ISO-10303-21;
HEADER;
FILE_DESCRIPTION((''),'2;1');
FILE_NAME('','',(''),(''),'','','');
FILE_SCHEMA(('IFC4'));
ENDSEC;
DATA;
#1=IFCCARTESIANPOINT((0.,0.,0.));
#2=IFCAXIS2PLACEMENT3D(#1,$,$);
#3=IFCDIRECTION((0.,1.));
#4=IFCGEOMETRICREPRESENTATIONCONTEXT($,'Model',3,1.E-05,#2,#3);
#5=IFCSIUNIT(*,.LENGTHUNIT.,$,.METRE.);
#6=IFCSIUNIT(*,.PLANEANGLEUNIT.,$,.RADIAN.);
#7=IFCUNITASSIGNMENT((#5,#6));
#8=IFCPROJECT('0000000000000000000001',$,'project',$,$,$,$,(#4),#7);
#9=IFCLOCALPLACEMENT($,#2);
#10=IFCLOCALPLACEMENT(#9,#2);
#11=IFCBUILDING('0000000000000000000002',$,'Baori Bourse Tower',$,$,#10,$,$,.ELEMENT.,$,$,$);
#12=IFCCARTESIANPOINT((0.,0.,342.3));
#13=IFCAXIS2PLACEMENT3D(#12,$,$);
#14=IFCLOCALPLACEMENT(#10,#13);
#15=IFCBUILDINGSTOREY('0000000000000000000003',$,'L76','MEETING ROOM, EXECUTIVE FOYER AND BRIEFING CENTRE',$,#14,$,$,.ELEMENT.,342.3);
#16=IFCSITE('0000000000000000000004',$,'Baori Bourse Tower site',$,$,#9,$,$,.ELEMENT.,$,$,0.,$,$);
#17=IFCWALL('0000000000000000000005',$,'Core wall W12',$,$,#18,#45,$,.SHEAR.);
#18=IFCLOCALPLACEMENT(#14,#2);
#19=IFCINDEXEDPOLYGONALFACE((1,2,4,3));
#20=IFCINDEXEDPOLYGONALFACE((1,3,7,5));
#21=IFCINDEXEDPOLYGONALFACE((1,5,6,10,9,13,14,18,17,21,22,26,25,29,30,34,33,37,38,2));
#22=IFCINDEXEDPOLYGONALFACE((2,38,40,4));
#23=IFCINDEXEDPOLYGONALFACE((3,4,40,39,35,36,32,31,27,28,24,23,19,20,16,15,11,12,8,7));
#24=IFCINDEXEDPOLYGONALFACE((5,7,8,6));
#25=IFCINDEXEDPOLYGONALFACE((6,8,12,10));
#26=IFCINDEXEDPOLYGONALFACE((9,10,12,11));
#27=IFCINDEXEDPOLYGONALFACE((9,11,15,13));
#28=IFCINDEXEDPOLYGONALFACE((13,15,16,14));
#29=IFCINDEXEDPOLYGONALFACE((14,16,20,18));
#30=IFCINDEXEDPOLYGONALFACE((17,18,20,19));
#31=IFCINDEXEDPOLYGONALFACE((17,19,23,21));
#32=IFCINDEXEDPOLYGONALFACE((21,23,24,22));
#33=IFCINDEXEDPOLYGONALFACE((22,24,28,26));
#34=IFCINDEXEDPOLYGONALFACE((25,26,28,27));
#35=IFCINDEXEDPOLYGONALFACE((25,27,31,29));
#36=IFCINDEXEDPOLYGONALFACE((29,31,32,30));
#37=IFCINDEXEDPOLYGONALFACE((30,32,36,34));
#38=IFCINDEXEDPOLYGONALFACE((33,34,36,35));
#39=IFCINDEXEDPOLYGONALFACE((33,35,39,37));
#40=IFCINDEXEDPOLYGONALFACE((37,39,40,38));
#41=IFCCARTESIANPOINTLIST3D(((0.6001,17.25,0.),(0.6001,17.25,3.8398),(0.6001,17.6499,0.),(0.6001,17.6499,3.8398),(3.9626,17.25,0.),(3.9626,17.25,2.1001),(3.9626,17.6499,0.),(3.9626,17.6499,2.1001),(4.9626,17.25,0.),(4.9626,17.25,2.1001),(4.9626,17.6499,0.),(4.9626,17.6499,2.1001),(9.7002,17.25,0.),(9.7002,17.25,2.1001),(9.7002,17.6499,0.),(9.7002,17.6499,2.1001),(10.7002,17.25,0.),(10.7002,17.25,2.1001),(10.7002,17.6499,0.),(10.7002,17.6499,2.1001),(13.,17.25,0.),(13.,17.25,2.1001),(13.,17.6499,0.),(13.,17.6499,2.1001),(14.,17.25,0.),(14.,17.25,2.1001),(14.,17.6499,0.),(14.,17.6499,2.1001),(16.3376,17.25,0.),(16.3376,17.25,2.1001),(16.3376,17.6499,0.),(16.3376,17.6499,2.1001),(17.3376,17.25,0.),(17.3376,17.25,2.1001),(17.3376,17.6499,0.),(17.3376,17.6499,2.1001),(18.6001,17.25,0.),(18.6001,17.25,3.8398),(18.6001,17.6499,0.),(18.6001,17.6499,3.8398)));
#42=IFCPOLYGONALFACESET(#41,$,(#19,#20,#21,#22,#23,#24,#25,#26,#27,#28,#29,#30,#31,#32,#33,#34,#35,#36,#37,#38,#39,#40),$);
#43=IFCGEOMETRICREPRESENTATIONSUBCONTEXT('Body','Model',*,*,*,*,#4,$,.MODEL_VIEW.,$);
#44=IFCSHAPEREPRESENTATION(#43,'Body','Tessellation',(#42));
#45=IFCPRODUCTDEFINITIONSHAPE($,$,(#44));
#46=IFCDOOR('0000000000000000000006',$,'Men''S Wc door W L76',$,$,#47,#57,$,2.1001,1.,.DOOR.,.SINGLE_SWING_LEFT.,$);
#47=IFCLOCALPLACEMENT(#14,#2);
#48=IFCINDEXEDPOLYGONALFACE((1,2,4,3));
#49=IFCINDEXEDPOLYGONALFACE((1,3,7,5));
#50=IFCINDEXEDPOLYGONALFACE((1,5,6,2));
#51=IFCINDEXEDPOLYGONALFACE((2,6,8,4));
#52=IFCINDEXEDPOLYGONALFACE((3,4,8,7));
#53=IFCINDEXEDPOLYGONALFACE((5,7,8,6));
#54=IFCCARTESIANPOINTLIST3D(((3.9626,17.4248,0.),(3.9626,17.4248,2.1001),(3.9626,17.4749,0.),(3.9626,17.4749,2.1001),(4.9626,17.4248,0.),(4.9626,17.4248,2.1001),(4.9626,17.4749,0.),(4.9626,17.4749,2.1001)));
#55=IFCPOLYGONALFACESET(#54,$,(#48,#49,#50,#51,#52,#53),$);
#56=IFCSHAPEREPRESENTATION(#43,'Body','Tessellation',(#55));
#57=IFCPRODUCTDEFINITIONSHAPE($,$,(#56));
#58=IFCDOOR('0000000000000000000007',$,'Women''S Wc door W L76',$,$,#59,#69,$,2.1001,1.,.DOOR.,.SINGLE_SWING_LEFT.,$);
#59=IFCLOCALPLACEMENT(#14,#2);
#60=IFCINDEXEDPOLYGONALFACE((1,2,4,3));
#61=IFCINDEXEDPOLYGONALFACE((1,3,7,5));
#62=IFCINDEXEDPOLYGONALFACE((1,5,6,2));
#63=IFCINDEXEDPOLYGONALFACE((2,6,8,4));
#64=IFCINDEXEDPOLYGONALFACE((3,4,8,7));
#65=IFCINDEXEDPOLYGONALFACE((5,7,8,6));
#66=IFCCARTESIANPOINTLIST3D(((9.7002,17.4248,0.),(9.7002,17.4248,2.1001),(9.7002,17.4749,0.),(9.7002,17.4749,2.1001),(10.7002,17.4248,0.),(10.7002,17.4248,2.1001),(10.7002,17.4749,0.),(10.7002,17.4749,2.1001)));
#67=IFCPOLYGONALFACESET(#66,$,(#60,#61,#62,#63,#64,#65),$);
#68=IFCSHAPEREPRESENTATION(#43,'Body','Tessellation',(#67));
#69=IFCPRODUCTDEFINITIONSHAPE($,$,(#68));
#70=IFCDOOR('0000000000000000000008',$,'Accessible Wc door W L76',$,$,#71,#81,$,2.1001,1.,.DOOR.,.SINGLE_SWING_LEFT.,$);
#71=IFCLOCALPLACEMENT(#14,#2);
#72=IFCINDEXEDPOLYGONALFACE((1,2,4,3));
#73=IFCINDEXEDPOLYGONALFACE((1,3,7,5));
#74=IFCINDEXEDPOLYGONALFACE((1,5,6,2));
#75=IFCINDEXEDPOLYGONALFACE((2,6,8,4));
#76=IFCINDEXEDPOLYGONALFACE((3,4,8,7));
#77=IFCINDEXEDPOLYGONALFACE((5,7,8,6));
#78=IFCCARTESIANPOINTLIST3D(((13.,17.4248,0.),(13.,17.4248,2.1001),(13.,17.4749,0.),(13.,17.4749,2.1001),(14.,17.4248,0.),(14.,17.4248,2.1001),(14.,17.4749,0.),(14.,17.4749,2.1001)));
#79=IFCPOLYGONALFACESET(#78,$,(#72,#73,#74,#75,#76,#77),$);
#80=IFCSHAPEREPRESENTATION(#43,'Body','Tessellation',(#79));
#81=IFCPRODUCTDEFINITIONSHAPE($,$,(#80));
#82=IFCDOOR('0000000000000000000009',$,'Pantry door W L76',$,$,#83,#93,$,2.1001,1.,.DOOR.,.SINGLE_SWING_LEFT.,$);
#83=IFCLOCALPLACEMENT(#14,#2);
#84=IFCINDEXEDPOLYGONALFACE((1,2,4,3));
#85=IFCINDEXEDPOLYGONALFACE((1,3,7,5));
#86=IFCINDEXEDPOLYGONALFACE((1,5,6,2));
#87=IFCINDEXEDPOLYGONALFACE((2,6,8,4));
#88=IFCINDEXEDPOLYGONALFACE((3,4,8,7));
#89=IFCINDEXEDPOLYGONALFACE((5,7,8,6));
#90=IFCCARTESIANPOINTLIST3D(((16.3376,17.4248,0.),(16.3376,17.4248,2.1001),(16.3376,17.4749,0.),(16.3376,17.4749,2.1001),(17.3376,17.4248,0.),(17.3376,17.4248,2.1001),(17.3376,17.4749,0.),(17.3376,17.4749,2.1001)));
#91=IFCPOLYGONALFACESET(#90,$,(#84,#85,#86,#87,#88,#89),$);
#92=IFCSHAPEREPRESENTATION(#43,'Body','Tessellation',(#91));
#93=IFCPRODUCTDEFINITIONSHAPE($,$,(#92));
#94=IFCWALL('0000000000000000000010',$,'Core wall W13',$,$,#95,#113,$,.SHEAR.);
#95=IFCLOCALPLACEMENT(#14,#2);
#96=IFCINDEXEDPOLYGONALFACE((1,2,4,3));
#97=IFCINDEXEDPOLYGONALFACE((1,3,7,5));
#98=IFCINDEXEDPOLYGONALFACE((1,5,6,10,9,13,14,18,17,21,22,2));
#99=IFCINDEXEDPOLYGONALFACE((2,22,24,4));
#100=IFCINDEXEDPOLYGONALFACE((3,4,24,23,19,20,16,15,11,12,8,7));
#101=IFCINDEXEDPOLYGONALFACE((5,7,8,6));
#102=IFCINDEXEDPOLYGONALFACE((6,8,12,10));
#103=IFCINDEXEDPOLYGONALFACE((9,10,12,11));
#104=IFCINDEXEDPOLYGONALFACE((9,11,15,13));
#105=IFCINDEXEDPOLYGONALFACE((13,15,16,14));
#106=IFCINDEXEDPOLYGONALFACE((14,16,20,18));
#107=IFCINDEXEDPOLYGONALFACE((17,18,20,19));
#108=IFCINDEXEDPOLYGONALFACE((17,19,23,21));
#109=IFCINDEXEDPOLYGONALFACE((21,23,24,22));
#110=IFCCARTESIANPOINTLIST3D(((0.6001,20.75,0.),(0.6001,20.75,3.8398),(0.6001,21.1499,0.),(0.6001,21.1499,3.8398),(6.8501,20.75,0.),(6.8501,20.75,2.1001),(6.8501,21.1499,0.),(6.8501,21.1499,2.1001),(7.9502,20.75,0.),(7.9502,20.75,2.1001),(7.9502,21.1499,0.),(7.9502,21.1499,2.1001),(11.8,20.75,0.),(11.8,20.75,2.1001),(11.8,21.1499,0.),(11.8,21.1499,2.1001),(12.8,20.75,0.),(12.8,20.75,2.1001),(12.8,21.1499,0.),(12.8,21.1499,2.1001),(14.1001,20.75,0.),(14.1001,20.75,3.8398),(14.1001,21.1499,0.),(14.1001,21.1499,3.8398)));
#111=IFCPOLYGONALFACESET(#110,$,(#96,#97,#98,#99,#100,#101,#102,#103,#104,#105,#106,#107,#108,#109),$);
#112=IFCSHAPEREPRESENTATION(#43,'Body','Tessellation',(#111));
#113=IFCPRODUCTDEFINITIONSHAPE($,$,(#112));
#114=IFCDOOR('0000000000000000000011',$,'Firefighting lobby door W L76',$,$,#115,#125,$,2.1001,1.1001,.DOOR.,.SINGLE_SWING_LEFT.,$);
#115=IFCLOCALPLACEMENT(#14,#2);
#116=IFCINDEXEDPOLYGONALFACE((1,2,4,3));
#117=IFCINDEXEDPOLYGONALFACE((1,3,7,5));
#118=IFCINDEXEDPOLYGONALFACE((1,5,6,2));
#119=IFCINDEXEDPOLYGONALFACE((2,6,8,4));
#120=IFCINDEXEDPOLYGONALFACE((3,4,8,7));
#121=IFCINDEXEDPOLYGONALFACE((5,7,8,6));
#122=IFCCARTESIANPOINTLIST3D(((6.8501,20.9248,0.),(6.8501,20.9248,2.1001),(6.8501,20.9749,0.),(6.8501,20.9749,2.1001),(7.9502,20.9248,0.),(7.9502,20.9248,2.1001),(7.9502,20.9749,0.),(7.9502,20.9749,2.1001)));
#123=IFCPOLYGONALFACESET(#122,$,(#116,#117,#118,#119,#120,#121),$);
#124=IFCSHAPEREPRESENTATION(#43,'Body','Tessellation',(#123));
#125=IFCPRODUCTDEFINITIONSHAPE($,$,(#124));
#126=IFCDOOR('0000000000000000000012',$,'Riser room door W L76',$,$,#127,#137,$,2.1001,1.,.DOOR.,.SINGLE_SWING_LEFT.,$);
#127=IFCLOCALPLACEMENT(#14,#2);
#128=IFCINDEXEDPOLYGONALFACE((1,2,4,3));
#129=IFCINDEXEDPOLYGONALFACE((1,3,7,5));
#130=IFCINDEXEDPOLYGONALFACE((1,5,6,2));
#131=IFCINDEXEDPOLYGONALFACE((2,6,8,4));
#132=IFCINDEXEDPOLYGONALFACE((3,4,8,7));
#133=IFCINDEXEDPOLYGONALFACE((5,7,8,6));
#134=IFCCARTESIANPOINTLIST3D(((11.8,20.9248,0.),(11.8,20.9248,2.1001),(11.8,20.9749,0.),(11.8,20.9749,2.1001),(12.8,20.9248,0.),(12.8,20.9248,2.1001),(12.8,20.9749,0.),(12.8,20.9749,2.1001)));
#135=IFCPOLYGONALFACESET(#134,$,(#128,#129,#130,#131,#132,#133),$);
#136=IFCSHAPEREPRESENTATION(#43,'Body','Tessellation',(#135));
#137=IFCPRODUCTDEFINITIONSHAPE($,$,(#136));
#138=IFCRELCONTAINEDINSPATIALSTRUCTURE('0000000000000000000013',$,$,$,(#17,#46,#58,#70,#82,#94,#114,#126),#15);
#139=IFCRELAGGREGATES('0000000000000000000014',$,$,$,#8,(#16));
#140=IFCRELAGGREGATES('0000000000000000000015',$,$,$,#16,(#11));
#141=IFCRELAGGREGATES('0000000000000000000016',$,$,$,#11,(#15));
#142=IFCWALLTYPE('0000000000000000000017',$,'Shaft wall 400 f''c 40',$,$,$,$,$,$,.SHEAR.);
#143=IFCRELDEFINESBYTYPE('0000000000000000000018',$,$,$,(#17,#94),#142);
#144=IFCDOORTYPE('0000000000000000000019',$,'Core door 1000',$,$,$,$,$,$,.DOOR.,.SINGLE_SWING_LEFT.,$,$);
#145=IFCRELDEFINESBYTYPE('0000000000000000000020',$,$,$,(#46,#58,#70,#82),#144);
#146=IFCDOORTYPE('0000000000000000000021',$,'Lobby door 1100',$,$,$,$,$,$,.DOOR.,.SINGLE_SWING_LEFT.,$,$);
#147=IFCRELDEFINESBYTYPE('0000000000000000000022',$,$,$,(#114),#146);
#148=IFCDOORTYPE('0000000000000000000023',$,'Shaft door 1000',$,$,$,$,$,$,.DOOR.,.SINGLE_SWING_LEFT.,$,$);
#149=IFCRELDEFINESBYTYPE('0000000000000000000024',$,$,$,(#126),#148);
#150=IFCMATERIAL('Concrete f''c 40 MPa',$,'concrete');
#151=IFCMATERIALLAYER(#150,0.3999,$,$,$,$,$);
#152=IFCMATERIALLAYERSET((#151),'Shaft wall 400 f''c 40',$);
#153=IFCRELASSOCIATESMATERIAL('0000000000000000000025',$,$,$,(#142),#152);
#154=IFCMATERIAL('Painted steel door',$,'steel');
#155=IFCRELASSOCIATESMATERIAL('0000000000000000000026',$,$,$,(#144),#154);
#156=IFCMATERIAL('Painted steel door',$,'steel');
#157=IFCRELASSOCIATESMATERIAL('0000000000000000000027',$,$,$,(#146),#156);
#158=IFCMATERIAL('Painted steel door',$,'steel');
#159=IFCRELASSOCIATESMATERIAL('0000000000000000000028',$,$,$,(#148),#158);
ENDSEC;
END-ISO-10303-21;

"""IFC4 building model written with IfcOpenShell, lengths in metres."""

from ifc_helpers import new_model, si_unit, direction, frame, frame_2d, origin, place, context, subcontext, project, spatial, rectangle, extrude, material, layer, layer_set, type_object, element, fill, save


model = new_model("IFC4")

# Units and contexts
model_context = context("Model", 3, precision=1e-05, world=origin(), true_north=direction((0.0, 1.0)))
body_context = subcontext(model_context, "Body", "Model", "MODEL_VIEW")
ifc_project = project(units=[si_unit("LENGTHUNIT", "METRE"), si_unit("PLANEANGLEUNIT", "RADIAN")], contexts=[model_context])

# Site, building, storey
site_placement = place(None, origin())
site = spatial("IfcSite", under=ifc_project, at=site_placement, Name="Baori Bourse Tower site", CompositionType="ELEMENT", RefElevation=0.0)
building_placement = place(site_placement, origin())
building = spatial("IfcBuilding", under=site, at=building_placement, Name="Baori Bourse Tower", CompositionType="ELEMENT")
storey_placement = place(building_placement, frame((0.0, 0.0, 342.3)))
storey = spatial("IfcBuildingStorey", under=building, at=storey_placement, Name="L76", Description="MEETING ROOM, EXECUTIVE FOYER AND BRIEFING CENTRE", CompositionType="ELEMENT", Elevation=342.3)

# Shared definitions
ifc_material_1 = material(Name="Concrete f'c 40 MPa", Category="concrete")
ifc_layer_1 = layer(ifc_material_1, 0.3999)
ifc_layer_set_1 = layer_set([ifc_layer_1], Name="Shaft wall 400 f'c 40")
wall_type_1 = type_object("IfcWallType", Name="Shaft wall 400 f'c 40", PredefinedType="SHEAR", material=ifc_layer_set_1)

# Walls, openings, doors
wall_1_placement = place(storey_placement, frame((0.6001, 17.45, 0.0), z_axis=(0.0, 0.0, 1.0), x_axis=(1.0, 0.0, 0.0)))
wall_1 = element("IfcWall", 1, at=wall_1_placement, inside=storey, type_object=wall_type_1, Name="Core wall W12", PredefinedType="SHEAR", context=body_context, shape_type="SweptSolid", body=[
    extrude(rectangle(XDim=18.0, YDim=0.3999, at=frame_2d((9.0, 0.0))), origin(), (0.0, 0.0, 1.0), 3.8398),
])
opening_1_placement = place(wall_1_placement, frame((3.3625, 0.0, 0.0)))
opening_1 = element("IfcOpeningElement", 2, at=opening_1_placement, cuts=wall_1, PredefinedType="OPENING", context=body_context, shape_type="SweptSolid", body=[
    extrude(rectangle(XDim=1.0, YDim=2.1001, at=frame_2d((0.5, 1.05))), frame((0.0, 0.21, 0.0), z_axis=(0.0, -1.0, 0.0), x_axis=(1.0, 0.0, 0.0)), (0.0, 0.0, 1.0), 0.4199),
])
opening_2_placement = place(wall_1_placement, frame((9.1001, 0.0, 0.0)))
opening_2 = element("IfcOpeningElement", 3, at=opening_2_placement, cuts=wall_1, PredefinedType="OPENING", context=body_context, shape_type="SweptSolid", body=[
    extrude(rectangle(XDim=1.0, YDim=2.1001, at=frame_2d((0.5, 1.05))), frame((0.0, 0.21, 0.0), z_axis=(0.0, -1.0, 0.0), x_axis=(1.0, 0.0, 0.0)), (0.0, 0.0, 1.0), 0.4199),
])
opening_3_placement = place(wall_1_placement, frame((12.3999, 0.0, 0.0)))
opening_3 = element("IfcOpeningElement", 4, at=opening_3_placement, cuts=wall_1, PredefinedType="OPENING", context=body_context, shape_type="SweptSolid", body=[
    extrude(rectangle(XDim=1.0, YDim=2.1001, at=frame_2d((0.5, 1.05))), frame((0.0, 0.21, 0.0), z_axis=(0.0, -1.0, 0.0), x_axis=(1.0, 0.0, 0.0)), (0.0, 0.0, 1.0), 0.4199),
])
opening_4_placement = place(wall_1_placement, frame((15.7375, 0.0, 0.0)))
opening_4 = element("IfcOpeningElement", 5, at=opening_4_placement, cuts=wall_1, PredefinedType="OPENING", context=body_context, shape_type="SweptSolid", body=[
    extrude(rectangle(XDim=1.0, YDim=2.1001, at=frame_2d((0.5, 1.05))), frame((0.0, 0.21, 0.0), z_axis=(0.0, -1.0, 0.0), x_axis=(1.0, 0.0, 0.0)), (0.0, 0.0, 1.0), 0.4199),
])
ifc_material_2 = material(Name="Painted steel door", Category="steel")
door_type_1 = type_object("IfcDoorType", Name="Core door 1000", OperationType="SINGLE_SWING_LEFT", PredefinedType="DOOR", material=ifc_material_2)
door_1_placement = place(opening_1_placement, origin())
door_1 = element("IfcDoor", 6, at=door_1_placement, inside=storey, type_object=door_type_1, Name="Men'S Wc door W L76", OperationType="SINGLE_SWING_LEFT", OverallHeight=2.1001, OverallWidth=1.0, PredefinedType="DOOR", context=body_context, shape_type="SweptSolid", body=[
    extrude(rectangle(XDim=1.0, YDim=2.1001, at=frame_2d((0.5, 1.05))), frame((0.0, 0.0249, 0.0), z_axis=(0.0, -1.0, 0.0), x_axis=(1.0, 0.0, 0.0)), (0.0, 0.0, 1.0), 0.05),
])
fill(opening_1, door_1)
door_2_placement = place(opening_2_placement, origin())
door_2 = element("IfcDoor", 7, at=door_2_placement, inside=storey, type_object=door_type_1, Name="Women'S Wc door W L76", OperationType="SINGLE_SWING_LEFT", OverallHeight=2.1001, OverallWidth=1.0, PredefinedType="DOOR", context=body_context, shape_type="SweptSolid", body=[
    extrude(rectangle(XDim=1.0, YDim=2.1001, at=frame_2d((0.5, 1.05))), frame((0.0, 0.0249, 0.0), z_axis=(0.0, -1.0, 0.0), x_axis=(1.0, 0.0, 0.0)), (0.0, 0.0, 1.0), 0.05),
])
fill(opening_2, door_2)
door_3_placement = place(opening_3_placement, origin())
door_3 = element("IfcDoor", 8, at=door_3_placement, inside=storey, type_object=door_type_1, Name="Accessible Wc door W L76", OperationType="SINGLE_SWING_LEFT", OverallHeight=2.1001, OverallWidth=1.0, PredefinedType="DOOR", context=body_context, shape_type="SweptSolid", body=[
    extrude(rectangle(XDim=1.0, YDim=2.1001, at=frame_2d((0.5, 1.05))), frame((0.0, 0.0249, 0.0), z_axis=(0.0, -1.0, 0.0), x_axis=(1.0, 0.0, 0.0)), (0.0, 0.0, 1.0), 0.05),
])
fill(opening_3, door_3)
door_4_placement = place(opening_4_placement, origin())
door_4 = element("IfcDoor", 9, at=door_4_placement, inside=storey, type_object=door_type_1, Name="Pantry door W L76", OperationType="SINGLE_SWING_LEFT", OverallHeight=2.1001, OverallWidth=1.0, PredefinedType="DOOR", context=body_context, shape_type="SweptSolid", body=[
    extrude(rectangle(XDim=1.0, YDim=2.1001, at=frame_2d((0.5, 1.05))), frame((0.0, 0.0249, 0.0), z_axis=(0.0, -1.0, 0.0), x_axis=(1.0, 0.0, 0.0)), (0.0, 0.0, 1.0), 0.05),
])
fill(opening_4, door_4)
wall_2_placement = place(storey_placement, frame((0.6001, 20.95, 0.0), z_axis=(0.0, 0.0, 1.0), x_axis=(1.0, 0.0, 0.0)))
wall_2 = element("IfcWall", 10, at=wall_2_placement, inside=storey, type_object=wall_type_1, Name="Core wall W13", PredefinedType="SHEAR", context=body_context, shape_type="SweptSolid", body=[
    extrude(rectangle(XDim=13.5, YDim=0.3999, at=frame_2d((6.75, 0.0))), origin(), (0.0, 0.0, 1.0), 3.8398),
])
opening_5_placement = place(wall_2_placement, frame((6.25, 0.0, 0.0)))
opening_5 = element("IfcOpeningElement", 11, at=opening_5_placement, cuts=wall_2, PredefinedType="OPENING", context=body_context, shape_type="SweptSolid", body=[
    extrude(rectangle(XDim=1.1001, YDim=2.1001, at=frame_2d((0.55, 1.05))), frame((0.0, 0.21, 0.0), z_axis=(0.0, -1.0, 0.0), x_axis=(1.0, 0.0, 0.0)), (0.0, 0.0, 1.0), 0.4199),
])
opening_6_placement = place(wall_2_placement, frame((11.2, 0.0, 0.0)))
opening_6 = element("IfcOpeningElement", 12, at=opening_6_placement, cuts=wall_2, PredefinedType="OPENING", context=body_context, shape_type="SweptSolid", body=[
    extrude(rectangle(XDim=1.0, YDim=2.1001, at=frame_2d((0.5, 1.05))), frame((0.0, 0.21, 0.0), z_axis=(0.0, -1.0, 0.0), x_axis=(1.0, 0.0, 0.0)), (0.0, 0.0, 1.0), 0.4199),
])
ifc_material_3 = material(Name="Painted steel door", Category="steel")
door_type_2 = type_object("IfcDoorType", Name="Lobby door 1100", OperationType="SINGLE_SWING_LEFT", PredefinedType="DOOR", material=ifc_material_3)
door_5_placement = place(opening_5_placement, origin())
door_5 = element("IfcDoor", 13, at=door_5_placement, inside=storey, type_object=door_type_2, Name="Firefighting lobby door W L76", OperationType="SINGLE_SWING_LEFT", OverallHeight=2.1001, OverallWidth=1.1001, PredefinedType="DOOR", context=body_context, shape_type="SweptSolid", body=[
    extrude(rectangle(XDim=1.1001, YDim=2.1001, at=frame_2d((0.55, 1.05))), frame((0.0, 0.0249, 0.0), z_axis=(0.0, -1.0, 0.0), x_axis=(1.0, 0.0, 0.0)), (0.0, 0.0, 1.0), 0.05),
])
fill(opening_5, door_5)
ifc_material_4 = material(Name="Painted steel door", Category="steel")
door_type_3 = type_object("IfcDoorType", Name="Shaft door 1000", OperationType="SINGLE_SWING_LEFT", PredefinedType="DOOR", material=ifc_material_4)
door_6_placement = place(opening_6_placement, origin())
door_6 = element("IfcDoor", 14, at=door_6_placement, inside=storey, type_object=door_type_3, Name="Riser room door W L76", OperationType="SINGLE_SWING_LEFT", OverallHeight=2.1001, OverallWidth=1.0, PredefinedType="DOOR", context=body_context, shape_type="SweptSolid", body=[
    extrude(rectangle(XDim=1.0, YDim=2.1001, at=frame_2d((0.5, 1.05))), frame((0.0, 0.0249, 0.0), z_axis=(0.0, -1.0, 0.0), x_axis=(1.0, 0.0, 0.0)), (0.0, 0.0, 1.0), 0.05),
])
fill(opening_6, door_6)

save(model, "model.ifc")
